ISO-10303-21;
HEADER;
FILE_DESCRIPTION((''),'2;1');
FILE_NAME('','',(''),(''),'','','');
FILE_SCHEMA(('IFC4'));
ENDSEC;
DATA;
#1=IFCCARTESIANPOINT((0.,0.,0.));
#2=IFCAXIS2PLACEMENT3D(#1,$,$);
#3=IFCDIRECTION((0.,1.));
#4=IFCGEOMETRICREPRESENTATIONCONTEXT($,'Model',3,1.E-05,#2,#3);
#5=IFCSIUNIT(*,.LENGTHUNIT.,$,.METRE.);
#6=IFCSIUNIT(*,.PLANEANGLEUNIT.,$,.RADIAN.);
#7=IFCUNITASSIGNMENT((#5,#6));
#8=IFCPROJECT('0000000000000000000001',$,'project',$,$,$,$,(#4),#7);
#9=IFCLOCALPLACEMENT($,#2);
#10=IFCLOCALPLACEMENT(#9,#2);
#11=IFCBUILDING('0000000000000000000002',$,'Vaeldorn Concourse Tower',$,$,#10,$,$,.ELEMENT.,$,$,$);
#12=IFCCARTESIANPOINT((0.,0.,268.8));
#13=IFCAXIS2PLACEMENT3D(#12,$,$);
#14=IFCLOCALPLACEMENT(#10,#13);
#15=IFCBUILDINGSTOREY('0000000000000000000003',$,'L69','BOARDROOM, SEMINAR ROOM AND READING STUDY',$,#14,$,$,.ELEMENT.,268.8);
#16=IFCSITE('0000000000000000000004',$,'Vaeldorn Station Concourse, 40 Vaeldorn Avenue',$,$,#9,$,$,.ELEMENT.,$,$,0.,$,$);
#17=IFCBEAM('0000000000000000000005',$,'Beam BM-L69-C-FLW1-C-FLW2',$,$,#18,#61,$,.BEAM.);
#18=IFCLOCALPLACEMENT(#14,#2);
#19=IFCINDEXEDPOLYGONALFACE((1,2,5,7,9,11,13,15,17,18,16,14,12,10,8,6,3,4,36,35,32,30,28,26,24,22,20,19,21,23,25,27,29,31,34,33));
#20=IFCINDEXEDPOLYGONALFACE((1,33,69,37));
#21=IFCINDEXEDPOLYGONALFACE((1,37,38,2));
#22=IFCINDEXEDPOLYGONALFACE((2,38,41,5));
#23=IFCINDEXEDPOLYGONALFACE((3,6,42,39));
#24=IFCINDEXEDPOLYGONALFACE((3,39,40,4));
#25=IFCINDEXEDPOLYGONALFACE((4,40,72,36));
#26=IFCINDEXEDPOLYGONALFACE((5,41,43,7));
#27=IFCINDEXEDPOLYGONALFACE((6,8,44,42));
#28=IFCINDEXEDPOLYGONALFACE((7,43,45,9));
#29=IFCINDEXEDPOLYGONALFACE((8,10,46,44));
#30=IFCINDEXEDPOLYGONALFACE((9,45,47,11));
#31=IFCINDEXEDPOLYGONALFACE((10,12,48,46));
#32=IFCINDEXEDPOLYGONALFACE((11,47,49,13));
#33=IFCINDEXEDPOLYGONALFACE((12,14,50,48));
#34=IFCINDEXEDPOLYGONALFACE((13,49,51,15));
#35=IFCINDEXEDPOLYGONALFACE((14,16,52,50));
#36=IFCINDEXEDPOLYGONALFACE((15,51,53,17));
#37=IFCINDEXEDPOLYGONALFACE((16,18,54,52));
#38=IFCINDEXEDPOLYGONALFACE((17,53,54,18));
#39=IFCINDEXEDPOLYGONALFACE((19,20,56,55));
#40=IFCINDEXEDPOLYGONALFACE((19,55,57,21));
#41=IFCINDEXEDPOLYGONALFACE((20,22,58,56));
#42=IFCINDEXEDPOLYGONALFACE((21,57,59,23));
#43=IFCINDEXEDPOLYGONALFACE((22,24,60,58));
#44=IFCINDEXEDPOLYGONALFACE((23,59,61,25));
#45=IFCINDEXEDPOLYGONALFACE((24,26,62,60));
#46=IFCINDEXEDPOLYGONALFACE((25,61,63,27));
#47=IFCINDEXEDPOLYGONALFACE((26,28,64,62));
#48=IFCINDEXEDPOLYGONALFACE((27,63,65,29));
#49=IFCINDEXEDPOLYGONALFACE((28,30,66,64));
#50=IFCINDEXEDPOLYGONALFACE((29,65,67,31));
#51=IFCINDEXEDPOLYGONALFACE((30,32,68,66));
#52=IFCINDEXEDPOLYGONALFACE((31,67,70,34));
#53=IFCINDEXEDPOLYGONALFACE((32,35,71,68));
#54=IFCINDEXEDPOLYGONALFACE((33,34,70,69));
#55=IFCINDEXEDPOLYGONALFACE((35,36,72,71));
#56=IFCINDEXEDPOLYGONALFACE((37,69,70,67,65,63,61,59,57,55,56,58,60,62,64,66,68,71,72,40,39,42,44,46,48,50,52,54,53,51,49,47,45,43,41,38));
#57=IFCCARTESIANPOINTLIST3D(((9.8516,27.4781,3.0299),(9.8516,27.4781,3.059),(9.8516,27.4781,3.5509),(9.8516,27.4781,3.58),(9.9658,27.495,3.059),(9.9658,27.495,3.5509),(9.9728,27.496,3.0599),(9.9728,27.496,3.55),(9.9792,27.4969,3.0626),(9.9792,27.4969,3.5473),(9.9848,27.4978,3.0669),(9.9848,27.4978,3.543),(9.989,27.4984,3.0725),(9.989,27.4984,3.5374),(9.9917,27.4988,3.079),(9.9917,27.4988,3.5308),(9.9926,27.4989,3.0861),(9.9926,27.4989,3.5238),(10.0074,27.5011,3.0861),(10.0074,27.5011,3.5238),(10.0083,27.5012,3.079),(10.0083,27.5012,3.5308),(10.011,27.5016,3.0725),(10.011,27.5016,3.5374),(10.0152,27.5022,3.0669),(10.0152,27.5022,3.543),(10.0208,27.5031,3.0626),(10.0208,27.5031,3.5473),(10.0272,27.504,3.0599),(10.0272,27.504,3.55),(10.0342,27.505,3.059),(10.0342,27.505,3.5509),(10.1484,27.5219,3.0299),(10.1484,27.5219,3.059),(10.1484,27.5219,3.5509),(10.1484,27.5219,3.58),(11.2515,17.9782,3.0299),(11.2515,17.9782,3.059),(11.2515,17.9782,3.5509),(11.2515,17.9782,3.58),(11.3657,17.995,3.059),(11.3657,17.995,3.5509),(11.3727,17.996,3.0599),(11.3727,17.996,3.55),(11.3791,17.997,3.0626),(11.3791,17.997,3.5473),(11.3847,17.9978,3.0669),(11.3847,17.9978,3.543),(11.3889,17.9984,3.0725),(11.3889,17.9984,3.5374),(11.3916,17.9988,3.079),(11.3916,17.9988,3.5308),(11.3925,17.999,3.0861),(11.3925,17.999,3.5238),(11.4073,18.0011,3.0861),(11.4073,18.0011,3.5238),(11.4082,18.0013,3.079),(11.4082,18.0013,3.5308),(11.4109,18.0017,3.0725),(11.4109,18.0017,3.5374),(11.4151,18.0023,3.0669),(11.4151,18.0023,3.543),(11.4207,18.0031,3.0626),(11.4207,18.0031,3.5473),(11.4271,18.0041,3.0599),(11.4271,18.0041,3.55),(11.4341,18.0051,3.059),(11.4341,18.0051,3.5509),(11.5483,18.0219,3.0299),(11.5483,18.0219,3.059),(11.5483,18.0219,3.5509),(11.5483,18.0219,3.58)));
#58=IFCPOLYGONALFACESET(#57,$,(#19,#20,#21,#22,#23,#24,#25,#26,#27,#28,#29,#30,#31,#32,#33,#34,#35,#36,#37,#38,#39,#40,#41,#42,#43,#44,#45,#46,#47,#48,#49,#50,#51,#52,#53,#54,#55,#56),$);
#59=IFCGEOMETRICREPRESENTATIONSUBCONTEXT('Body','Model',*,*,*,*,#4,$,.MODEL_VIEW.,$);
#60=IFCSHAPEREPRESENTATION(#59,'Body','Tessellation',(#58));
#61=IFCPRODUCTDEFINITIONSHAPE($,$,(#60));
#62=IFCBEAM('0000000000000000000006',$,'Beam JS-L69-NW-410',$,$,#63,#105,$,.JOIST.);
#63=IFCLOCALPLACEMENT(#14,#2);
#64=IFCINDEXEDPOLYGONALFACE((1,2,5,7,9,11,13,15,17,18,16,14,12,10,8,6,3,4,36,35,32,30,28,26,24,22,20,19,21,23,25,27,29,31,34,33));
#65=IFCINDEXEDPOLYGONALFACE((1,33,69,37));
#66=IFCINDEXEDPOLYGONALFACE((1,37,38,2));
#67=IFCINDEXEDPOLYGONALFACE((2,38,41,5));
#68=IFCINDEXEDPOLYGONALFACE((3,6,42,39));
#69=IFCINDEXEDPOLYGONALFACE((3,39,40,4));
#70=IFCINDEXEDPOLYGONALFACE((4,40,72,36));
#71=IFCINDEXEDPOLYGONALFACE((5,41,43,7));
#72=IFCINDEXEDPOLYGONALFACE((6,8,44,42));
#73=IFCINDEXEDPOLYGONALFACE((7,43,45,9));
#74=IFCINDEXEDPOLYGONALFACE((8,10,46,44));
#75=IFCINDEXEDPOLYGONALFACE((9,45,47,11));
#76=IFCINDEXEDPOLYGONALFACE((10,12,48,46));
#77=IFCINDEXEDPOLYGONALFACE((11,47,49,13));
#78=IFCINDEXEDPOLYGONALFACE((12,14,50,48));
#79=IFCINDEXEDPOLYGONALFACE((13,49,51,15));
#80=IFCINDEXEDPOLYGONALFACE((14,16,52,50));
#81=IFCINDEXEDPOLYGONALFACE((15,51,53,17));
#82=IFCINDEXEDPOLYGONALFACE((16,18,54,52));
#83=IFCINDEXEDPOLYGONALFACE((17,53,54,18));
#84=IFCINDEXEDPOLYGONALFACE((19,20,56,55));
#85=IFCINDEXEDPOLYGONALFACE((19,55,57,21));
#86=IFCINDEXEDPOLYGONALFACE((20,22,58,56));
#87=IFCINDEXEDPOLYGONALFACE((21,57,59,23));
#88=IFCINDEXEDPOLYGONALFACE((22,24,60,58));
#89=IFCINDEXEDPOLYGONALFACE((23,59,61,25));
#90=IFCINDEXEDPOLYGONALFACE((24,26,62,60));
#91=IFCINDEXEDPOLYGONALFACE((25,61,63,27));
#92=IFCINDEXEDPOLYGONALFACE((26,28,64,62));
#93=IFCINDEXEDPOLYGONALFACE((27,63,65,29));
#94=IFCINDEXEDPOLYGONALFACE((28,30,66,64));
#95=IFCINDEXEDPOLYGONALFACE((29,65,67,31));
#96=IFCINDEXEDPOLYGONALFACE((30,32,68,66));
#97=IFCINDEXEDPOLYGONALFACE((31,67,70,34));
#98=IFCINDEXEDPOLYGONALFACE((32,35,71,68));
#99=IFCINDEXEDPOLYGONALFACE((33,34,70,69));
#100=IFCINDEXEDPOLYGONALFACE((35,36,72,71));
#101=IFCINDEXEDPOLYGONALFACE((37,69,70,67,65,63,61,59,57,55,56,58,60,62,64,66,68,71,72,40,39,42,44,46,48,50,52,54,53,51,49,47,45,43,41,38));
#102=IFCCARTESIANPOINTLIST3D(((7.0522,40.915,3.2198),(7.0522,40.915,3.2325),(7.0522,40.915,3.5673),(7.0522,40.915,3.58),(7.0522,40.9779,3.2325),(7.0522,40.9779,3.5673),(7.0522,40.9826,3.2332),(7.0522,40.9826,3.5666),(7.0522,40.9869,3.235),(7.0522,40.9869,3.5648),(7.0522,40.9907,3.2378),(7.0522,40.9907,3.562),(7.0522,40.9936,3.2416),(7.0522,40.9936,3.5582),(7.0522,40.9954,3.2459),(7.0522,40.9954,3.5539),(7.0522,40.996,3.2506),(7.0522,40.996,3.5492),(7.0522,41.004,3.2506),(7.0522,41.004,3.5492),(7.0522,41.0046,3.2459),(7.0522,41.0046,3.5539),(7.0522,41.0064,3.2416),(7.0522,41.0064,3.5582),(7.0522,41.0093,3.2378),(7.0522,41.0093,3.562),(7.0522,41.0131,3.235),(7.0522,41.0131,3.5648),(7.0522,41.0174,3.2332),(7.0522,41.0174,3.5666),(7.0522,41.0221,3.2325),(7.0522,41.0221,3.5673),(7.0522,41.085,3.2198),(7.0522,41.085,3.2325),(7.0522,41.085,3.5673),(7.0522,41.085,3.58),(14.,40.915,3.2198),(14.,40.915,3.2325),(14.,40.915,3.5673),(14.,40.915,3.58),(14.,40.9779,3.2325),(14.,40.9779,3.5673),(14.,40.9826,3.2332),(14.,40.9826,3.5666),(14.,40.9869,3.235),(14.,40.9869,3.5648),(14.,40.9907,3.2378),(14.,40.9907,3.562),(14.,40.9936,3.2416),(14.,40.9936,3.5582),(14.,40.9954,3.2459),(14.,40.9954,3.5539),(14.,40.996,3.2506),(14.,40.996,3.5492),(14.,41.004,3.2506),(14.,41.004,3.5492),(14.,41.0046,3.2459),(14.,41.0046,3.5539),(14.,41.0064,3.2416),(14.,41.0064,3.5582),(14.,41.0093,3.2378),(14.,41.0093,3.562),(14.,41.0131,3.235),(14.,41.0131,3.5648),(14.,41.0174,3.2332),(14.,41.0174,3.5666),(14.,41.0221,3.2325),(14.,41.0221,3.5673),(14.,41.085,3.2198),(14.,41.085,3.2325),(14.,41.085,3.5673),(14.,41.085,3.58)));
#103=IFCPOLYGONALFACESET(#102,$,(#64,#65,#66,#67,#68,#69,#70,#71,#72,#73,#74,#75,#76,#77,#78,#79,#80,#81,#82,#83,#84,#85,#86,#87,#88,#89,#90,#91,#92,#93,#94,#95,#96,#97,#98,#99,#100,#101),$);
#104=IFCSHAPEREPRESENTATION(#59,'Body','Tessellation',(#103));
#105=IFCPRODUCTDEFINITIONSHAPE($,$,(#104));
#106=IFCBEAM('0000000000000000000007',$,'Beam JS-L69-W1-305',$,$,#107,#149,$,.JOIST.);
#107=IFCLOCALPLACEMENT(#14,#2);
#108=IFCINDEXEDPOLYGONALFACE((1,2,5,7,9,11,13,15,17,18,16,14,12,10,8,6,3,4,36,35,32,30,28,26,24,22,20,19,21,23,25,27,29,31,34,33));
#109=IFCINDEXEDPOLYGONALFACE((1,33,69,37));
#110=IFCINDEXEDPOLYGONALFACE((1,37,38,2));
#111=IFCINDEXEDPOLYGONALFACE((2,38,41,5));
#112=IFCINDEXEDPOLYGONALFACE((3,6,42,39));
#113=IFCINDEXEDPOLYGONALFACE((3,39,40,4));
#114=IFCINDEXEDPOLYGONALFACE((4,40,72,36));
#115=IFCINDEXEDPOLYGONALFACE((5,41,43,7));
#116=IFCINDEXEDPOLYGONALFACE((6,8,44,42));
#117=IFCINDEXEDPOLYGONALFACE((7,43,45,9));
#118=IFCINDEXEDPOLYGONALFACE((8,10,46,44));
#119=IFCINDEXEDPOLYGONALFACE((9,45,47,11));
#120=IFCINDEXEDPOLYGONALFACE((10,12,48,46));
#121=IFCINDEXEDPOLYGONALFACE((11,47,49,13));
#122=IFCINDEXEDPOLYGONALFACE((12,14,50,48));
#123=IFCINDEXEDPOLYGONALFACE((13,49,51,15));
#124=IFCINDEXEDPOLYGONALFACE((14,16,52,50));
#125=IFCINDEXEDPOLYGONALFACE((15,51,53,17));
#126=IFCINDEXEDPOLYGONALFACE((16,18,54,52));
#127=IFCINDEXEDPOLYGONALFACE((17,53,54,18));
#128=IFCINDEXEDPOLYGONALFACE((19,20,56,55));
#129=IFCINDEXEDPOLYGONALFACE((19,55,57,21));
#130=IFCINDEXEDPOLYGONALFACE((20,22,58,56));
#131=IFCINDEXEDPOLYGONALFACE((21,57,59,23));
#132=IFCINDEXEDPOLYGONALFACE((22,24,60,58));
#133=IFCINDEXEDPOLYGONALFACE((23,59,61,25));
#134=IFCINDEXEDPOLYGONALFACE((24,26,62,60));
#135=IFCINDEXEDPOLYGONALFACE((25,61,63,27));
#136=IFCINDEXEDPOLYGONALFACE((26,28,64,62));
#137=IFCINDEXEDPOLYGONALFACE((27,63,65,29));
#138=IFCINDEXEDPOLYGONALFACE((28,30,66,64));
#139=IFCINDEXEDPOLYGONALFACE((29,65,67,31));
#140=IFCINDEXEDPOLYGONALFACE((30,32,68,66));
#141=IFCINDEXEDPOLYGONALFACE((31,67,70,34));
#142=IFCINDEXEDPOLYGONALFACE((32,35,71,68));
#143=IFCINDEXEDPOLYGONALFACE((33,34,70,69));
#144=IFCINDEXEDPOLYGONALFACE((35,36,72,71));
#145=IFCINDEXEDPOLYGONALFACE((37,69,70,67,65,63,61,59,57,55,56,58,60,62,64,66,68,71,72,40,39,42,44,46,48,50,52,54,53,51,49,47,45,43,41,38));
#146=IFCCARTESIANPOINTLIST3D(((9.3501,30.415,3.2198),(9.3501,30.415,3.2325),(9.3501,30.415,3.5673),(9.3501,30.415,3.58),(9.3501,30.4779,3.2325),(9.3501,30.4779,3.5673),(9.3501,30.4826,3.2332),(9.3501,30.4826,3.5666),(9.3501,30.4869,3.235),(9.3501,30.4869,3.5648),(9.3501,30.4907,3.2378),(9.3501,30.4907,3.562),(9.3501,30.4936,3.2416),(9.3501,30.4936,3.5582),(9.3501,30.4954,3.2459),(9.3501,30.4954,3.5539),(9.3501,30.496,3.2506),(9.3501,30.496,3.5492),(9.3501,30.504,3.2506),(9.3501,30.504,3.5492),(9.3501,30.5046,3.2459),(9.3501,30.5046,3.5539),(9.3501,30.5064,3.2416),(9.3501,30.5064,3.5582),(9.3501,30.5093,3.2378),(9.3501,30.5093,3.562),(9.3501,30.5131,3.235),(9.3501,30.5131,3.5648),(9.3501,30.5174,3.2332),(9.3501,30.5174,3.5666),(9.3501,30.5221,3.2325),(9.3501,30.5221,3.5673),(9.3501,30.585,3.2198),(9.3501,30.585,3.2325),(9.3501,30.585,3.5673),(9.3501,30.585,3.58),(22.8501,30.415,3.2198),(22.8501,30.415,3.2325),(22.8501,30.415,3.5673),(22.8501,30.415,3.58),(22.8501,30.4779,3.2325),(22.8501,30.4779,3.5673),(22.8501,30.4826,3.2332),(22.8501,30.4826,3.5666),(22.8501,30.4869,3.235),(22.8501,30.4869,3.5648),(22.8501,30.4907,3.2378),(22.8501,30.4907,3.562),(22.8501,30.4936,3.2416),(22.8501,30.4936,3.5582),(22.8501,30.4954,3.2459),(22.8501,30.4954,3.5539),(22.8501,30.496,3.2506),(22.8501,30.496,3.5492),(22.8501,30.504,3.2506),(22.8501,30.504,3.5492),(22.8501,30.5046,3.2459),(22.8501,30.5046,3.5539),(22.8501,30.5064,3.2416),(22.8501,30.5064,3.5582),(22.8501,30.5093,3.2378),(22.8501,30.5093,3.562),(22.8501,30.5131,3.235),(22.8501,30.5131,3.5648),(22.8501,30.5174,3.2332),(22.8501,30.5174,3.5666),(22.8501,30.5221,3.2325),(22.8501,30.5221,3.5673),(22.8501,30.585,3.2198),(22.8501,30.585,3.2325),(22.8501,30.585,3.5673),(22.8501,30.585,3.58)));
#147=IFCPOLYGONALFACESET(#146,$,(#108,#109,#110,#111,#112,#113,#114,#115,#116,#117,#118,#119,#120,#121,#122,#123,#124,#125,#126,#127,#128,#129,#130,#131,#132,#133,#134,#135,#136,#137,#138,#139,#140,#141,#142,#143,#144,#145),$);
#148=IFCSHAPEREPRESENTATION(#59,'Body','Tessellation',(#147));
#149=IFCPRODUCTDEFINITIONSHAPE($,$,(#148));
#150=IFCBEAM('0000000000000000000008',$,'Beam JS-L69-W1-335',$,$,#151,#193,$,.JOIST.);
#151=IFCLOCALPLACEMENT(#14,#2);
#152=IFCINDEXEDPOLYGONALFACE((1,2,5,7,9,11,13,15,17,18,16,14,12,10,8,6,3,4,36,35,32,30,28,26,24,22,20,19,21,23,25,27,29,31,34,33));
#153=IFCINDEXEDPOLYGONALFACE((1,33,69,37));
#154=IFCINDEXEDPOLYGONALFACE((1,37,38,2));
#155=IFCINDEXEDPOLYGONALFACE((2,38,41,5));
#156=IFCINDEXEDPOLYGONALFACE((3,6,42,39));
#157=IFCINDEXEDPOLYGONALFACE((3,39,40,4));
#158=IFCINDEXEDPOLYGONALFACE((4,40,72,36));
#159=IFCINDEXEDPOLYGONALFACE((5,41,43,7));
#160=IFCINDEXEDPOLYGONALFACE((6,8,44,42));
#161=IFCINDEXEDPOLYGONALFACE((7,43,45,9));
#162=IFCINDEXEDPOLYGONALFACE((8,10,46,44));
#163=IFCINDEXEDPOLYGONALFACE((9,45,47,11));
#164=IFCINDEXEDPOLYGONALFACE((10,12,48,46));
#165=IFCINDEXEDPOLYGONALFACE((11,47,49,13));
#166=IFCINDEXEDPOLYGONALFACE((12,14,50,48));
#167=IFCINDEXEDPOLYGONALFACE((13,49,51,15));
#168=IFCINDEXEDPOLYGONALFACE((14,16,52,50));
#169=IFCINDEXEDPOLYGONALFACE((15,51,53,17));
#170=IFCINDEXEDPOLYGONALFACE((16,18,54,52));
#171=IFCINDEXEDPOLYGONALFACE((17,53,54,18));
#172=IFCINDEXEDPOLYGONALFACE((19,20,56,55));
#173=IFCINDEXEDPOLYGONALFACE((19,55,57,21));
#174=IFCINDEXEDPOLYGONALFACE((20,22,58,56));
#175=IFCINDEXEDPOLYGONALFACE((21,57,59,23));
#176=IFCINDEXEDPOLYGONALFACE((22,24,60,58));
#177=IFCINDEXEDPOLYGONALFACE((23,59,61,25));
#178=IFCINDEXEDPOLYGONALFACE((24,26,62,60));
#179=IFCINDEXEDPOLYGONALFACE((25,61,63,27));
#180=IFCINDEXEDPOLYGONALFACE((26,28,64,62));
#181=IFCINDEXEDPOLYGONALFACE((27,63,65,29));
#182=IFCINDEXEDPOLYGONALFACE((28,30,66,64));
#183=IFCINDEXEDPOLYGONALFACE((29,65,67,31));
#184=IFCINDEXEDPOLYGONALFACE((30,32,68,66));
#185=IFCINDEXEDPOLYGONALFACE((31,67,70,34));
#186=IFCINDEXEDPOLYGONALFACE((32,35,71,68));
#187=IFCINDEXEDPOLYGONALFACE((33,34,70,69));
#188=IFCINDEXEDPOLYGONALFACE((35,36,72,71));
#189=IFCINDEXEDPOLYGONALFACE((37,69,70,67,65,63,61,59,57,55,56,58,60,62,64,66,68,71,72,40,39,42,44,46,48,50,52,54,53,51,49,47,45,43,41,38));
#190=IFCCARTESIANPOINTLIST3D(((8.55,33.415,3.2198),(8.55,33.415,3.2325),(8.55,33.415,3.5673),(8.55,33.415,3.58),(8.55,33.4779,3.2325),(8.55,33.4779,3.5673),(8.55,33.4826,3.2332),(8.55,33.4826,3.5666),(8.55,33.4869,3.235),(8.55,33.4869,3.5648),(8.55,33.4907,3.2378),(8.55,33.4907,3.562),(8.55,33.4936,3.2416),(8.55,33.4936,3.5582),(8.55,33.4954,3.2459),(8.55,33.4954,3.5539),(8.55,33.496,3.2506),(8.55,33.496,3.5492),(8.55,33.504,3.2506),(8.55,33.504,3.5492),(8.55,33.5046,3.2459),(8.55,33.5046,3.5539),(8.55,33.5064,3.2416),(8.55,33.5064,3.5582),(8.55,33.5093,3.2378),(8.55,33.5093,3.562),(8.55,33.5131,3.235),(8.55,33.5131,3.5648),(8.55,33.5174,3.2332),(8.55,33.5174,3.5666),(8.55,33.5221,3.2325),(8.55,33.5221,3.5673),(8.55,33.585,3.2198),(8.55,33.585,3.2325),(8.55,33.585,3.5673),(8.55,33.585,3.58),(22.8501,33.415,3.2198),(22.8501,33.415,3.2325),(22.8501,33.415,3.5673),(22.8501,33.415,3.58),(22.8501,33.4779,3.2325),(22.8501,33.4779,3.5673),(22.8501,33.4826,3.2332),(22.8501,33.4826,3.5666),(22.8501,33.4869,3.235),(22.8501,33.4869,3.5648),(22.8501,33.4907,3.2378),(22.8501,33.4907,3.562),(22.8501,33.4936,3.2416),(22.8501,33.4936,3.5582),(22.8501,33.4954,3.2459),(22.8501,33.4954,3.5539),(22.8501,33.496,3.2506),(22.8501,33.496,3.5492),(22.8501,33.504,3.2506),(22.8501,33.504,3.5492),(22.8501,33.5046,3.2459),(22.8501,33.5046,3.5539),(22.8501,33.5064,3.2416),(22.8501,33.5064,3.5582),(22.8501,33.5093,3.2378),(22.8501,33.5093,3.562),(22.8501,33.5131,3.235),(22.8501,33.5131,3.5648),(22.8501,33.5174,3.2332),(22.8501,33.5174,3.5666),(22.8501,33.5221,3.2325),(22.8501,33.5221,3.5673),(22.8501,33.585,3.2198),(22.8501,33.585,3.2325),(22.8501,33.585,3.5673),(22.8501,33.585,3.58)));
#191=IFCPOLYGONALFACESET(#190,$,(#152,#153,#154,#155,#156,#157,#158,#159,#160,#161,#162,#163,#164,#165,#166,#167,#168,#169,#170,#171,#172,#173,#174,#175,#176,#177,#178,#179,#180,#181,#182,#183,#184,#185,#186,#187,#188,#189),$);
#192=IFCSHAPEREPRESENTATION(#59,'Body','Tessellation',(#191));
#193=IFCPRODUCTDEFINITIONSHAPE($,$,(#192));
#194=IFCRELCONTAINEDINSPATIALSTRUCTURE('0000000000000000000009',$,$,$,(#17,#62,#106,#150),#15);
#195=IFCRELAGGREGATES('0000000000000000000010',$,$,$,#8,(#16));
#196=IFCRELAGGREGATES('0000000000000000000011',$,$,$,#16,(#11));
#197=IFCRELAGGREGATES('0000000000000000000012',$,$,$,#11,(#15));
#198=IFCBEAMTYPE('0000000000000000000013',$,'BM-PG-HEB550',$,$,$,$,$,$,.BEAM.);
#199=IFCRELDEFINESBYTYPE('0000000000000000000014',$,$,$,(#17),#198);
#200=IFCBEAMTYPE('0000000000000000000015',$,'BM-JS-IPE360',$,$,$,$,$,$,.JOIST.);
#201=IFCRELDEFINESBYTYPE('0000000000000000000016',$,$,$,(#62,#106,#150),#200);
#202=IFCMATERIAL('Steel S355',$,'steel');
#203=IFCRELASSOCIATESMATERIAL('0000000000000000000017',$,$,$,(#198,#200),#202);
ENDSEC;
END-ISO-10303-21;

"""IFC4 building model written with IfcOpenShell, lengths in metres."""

from ifc_helpers import new_model, si_unit, direction, frame, origin, origin_2d, place, context, subcontext, project, spatial, i_section, extrude, source, transform, mapped, material, material_profile, profile_set, type_object, element, save


model = new_model("IFC4")

# Units and contexts
model_context = context("Model", 3, precision=1e-05, world=origin(), true_north=direction((0.0, 1.0)))
body_context = subcontext(model_context, "Body", "Model", "MODEL_VIEW")
ifc_project = project(units=[si_unit("LENGTHUNIT", "METRE"), si_unit("PLANEANGLEUNIT", "RADIAN")], contexts=[model_context])

# Site, building, storey
site_placement = place(None, origin())
site = spatial("IfcSite", under=ifc_project, at=site_placement, Name="Vaeldorn Station Concourse, 40 Vaeldorn Avenue", CompositionType="ELEMENT", RefElevation=0.0)
building_placement = place(site_placement, origin())
building = spatial("IfcBuilding", under=site, at=building_placement, Name="Vaeldorn Concourse Tower", CompositionType="ELEMENT")
storey_placement = place(building_placement, frame((0.0, 0.0, 268.8)))
storey = spatial("IfcBuildingStorey", under=building, at=storey_placement, Name="L69", Description="BOARDROOM, SEMINAR ROOM AND READING STUDY", CompositionType="ELEMENT", Elevation=268.8)

# Shared definitions
ifc_material_1 = material(Name="Steel S355", Category="steel")

# Beams
ifc_material_profile_1 = material_profile(ifc_material_1, i_section(OverallWidth=0.3, OverallDepth=0.55, WebThickness=0.0149, FlangeThickness=0.0291, FilletRadius=0.0271, at=origin_2d()), Name="HEB 550")
ifc_profile_set_1 = profile_set([ifc_material_profile_1], Name="Steel S355")
beam_type_1 = type_object("IfcBeamType", Name="BM-PG-HEB550", PredefinedType="BEAM", material=ifc_profile_set_1)
shared_shape_1 = source(origin(), body_context, "Body", "SweptSolid", [
    extrude(i_section(OverallWidth=0.3, OverallDepth=0.55, WebThickness=0.0149, FlangeThickness=0.0291, FilletRadius=0.0271, at=origin_2d()), origin(), (0.0, 0.0, 1.0), 9.6025),
])
beam_1_placement = place(storey_placement, frame((10.0, 27.5, 3.3049), z_axis=(0.145784, -0.989316, 0.0), x_axis=(0.989316, 0.145784, 0.0)))
element("IfcBeam", 1, at=beam_1_placement, inside=storey, type_object=beam_type_1, Name="Beam BM-L69-C-FLW1-C-FLW2", PredefinedType="BEAM", context=body_context, shape_type="MappedRepresentation", body=[
    mapped(shared_shape_1, transform((0.0, 0.0, 0.0), scale=1.0)),
])
ifc_material_profile_2 = material_profile(ifc_material_1, i_section(OverallWidth=0.1699, OverallDepth=0.3601, WebThickness=0.0081, FlangeThickness=0.0127, FilletRadius=0.0181, at=origin_2d()), Name="IPE 360")
ifc_profile_set_2 = profile_set([ifc_material_profile_2], Name="Steel S355")
beam_type_2 = type_object("IfcBeamType", Name="BM-JS-IPE360", PredefinedType="JOIST", material=ifc_profile_set_2)
shared_shape_2 = source(origin(), body_context, "Body", "SweptSolid", [
    extrude(i_section(OverallWidth=0.1699, OverallDepth=0.3601, WebThickness=0.0081, FlangeThickness=0.0127, FilletRadius=0.0181, at=origin_2d()), origin(), (0.0, 0.0, 1.0), 6.9478),
])
beam_2_placement = place(storey_placement, frame((7.0522, 41.0, 3.3999), z_axis=(1.0, 0.0, 0.0), x_axis=(0.0, 1.0, 0.0)))
element("IfcBeam", 2, at=beam_2_placement, inside=storey, type_object=beam_type_2, Name="Beam JS-L69-NW-410", PredefinedType="JOIST", context=body_context, shape_type="MappedRepresentation", body=[
    mapped(shared_shape_2, transform((0.0, 0.0, 0.0), scale=1.0)),
])
shared_shape_3 = source(origin(), body_context, "Body", "SweptSolid", [
    extrude(i_section(OverallWidth=0.1699, OverallDepth=0.3601, WebThickness=0.0081, FlangeThickness=0.0127, FilletRadius=0.0181, at=origin_2d()), origin(), (0.0, 0.0, 1.0), 13.5),
])
beam_3_placement = place(storey_placement, frame((9.3501, 30.5, 3.3999), z_axis=(1.0, 0.0, 0.0), x_axis=(0.0, 1.0, 0.0)))
element("IfcBeam", 3, at=beam_3_placement, inside=storey, type_object=beam_type_2, Name="Beam JS-L69-W1-305", PredefinedType="JOIST", context=body_context, shape_type="MappedRepresentation", body=[
    mapped(shared_shape_3, transform((0.0, 0.0, 0.0), scale=1.0)),
])
shared_shape_4 = source(origin(), body_context, "Body", "SweptSolid", [
    extrude(i_section(OverallWidth=0.1699, OverallDepth=0.3601, WebThickness=0.0081, FlangeThickness=0.0127, FilletRadius=0.0181, at=origin_2d()), origin(), (0.0, 0.0, 1.0), 14.3),
])
beam_4_placement = place(storey_placement, frame((8.55, 33.5, 3.3999), z_axis=(1.0, 0.0, 0.0), x_axis=(0.0, 1.0, 0.0)))
element("IfcBeam", 4, at=beam_4_placement, inside=storey, type_object=beam_type_2, Name="Beam JS-L69-W1-335", PredefinedType="JOIST", context=body_context, shape_type="MappedRepresentation", body=[
    mapped(shared_shape_4, transform((0.0, 0.0, 0.0), scale=1.0)),
])

save(model, "model.ifc")
